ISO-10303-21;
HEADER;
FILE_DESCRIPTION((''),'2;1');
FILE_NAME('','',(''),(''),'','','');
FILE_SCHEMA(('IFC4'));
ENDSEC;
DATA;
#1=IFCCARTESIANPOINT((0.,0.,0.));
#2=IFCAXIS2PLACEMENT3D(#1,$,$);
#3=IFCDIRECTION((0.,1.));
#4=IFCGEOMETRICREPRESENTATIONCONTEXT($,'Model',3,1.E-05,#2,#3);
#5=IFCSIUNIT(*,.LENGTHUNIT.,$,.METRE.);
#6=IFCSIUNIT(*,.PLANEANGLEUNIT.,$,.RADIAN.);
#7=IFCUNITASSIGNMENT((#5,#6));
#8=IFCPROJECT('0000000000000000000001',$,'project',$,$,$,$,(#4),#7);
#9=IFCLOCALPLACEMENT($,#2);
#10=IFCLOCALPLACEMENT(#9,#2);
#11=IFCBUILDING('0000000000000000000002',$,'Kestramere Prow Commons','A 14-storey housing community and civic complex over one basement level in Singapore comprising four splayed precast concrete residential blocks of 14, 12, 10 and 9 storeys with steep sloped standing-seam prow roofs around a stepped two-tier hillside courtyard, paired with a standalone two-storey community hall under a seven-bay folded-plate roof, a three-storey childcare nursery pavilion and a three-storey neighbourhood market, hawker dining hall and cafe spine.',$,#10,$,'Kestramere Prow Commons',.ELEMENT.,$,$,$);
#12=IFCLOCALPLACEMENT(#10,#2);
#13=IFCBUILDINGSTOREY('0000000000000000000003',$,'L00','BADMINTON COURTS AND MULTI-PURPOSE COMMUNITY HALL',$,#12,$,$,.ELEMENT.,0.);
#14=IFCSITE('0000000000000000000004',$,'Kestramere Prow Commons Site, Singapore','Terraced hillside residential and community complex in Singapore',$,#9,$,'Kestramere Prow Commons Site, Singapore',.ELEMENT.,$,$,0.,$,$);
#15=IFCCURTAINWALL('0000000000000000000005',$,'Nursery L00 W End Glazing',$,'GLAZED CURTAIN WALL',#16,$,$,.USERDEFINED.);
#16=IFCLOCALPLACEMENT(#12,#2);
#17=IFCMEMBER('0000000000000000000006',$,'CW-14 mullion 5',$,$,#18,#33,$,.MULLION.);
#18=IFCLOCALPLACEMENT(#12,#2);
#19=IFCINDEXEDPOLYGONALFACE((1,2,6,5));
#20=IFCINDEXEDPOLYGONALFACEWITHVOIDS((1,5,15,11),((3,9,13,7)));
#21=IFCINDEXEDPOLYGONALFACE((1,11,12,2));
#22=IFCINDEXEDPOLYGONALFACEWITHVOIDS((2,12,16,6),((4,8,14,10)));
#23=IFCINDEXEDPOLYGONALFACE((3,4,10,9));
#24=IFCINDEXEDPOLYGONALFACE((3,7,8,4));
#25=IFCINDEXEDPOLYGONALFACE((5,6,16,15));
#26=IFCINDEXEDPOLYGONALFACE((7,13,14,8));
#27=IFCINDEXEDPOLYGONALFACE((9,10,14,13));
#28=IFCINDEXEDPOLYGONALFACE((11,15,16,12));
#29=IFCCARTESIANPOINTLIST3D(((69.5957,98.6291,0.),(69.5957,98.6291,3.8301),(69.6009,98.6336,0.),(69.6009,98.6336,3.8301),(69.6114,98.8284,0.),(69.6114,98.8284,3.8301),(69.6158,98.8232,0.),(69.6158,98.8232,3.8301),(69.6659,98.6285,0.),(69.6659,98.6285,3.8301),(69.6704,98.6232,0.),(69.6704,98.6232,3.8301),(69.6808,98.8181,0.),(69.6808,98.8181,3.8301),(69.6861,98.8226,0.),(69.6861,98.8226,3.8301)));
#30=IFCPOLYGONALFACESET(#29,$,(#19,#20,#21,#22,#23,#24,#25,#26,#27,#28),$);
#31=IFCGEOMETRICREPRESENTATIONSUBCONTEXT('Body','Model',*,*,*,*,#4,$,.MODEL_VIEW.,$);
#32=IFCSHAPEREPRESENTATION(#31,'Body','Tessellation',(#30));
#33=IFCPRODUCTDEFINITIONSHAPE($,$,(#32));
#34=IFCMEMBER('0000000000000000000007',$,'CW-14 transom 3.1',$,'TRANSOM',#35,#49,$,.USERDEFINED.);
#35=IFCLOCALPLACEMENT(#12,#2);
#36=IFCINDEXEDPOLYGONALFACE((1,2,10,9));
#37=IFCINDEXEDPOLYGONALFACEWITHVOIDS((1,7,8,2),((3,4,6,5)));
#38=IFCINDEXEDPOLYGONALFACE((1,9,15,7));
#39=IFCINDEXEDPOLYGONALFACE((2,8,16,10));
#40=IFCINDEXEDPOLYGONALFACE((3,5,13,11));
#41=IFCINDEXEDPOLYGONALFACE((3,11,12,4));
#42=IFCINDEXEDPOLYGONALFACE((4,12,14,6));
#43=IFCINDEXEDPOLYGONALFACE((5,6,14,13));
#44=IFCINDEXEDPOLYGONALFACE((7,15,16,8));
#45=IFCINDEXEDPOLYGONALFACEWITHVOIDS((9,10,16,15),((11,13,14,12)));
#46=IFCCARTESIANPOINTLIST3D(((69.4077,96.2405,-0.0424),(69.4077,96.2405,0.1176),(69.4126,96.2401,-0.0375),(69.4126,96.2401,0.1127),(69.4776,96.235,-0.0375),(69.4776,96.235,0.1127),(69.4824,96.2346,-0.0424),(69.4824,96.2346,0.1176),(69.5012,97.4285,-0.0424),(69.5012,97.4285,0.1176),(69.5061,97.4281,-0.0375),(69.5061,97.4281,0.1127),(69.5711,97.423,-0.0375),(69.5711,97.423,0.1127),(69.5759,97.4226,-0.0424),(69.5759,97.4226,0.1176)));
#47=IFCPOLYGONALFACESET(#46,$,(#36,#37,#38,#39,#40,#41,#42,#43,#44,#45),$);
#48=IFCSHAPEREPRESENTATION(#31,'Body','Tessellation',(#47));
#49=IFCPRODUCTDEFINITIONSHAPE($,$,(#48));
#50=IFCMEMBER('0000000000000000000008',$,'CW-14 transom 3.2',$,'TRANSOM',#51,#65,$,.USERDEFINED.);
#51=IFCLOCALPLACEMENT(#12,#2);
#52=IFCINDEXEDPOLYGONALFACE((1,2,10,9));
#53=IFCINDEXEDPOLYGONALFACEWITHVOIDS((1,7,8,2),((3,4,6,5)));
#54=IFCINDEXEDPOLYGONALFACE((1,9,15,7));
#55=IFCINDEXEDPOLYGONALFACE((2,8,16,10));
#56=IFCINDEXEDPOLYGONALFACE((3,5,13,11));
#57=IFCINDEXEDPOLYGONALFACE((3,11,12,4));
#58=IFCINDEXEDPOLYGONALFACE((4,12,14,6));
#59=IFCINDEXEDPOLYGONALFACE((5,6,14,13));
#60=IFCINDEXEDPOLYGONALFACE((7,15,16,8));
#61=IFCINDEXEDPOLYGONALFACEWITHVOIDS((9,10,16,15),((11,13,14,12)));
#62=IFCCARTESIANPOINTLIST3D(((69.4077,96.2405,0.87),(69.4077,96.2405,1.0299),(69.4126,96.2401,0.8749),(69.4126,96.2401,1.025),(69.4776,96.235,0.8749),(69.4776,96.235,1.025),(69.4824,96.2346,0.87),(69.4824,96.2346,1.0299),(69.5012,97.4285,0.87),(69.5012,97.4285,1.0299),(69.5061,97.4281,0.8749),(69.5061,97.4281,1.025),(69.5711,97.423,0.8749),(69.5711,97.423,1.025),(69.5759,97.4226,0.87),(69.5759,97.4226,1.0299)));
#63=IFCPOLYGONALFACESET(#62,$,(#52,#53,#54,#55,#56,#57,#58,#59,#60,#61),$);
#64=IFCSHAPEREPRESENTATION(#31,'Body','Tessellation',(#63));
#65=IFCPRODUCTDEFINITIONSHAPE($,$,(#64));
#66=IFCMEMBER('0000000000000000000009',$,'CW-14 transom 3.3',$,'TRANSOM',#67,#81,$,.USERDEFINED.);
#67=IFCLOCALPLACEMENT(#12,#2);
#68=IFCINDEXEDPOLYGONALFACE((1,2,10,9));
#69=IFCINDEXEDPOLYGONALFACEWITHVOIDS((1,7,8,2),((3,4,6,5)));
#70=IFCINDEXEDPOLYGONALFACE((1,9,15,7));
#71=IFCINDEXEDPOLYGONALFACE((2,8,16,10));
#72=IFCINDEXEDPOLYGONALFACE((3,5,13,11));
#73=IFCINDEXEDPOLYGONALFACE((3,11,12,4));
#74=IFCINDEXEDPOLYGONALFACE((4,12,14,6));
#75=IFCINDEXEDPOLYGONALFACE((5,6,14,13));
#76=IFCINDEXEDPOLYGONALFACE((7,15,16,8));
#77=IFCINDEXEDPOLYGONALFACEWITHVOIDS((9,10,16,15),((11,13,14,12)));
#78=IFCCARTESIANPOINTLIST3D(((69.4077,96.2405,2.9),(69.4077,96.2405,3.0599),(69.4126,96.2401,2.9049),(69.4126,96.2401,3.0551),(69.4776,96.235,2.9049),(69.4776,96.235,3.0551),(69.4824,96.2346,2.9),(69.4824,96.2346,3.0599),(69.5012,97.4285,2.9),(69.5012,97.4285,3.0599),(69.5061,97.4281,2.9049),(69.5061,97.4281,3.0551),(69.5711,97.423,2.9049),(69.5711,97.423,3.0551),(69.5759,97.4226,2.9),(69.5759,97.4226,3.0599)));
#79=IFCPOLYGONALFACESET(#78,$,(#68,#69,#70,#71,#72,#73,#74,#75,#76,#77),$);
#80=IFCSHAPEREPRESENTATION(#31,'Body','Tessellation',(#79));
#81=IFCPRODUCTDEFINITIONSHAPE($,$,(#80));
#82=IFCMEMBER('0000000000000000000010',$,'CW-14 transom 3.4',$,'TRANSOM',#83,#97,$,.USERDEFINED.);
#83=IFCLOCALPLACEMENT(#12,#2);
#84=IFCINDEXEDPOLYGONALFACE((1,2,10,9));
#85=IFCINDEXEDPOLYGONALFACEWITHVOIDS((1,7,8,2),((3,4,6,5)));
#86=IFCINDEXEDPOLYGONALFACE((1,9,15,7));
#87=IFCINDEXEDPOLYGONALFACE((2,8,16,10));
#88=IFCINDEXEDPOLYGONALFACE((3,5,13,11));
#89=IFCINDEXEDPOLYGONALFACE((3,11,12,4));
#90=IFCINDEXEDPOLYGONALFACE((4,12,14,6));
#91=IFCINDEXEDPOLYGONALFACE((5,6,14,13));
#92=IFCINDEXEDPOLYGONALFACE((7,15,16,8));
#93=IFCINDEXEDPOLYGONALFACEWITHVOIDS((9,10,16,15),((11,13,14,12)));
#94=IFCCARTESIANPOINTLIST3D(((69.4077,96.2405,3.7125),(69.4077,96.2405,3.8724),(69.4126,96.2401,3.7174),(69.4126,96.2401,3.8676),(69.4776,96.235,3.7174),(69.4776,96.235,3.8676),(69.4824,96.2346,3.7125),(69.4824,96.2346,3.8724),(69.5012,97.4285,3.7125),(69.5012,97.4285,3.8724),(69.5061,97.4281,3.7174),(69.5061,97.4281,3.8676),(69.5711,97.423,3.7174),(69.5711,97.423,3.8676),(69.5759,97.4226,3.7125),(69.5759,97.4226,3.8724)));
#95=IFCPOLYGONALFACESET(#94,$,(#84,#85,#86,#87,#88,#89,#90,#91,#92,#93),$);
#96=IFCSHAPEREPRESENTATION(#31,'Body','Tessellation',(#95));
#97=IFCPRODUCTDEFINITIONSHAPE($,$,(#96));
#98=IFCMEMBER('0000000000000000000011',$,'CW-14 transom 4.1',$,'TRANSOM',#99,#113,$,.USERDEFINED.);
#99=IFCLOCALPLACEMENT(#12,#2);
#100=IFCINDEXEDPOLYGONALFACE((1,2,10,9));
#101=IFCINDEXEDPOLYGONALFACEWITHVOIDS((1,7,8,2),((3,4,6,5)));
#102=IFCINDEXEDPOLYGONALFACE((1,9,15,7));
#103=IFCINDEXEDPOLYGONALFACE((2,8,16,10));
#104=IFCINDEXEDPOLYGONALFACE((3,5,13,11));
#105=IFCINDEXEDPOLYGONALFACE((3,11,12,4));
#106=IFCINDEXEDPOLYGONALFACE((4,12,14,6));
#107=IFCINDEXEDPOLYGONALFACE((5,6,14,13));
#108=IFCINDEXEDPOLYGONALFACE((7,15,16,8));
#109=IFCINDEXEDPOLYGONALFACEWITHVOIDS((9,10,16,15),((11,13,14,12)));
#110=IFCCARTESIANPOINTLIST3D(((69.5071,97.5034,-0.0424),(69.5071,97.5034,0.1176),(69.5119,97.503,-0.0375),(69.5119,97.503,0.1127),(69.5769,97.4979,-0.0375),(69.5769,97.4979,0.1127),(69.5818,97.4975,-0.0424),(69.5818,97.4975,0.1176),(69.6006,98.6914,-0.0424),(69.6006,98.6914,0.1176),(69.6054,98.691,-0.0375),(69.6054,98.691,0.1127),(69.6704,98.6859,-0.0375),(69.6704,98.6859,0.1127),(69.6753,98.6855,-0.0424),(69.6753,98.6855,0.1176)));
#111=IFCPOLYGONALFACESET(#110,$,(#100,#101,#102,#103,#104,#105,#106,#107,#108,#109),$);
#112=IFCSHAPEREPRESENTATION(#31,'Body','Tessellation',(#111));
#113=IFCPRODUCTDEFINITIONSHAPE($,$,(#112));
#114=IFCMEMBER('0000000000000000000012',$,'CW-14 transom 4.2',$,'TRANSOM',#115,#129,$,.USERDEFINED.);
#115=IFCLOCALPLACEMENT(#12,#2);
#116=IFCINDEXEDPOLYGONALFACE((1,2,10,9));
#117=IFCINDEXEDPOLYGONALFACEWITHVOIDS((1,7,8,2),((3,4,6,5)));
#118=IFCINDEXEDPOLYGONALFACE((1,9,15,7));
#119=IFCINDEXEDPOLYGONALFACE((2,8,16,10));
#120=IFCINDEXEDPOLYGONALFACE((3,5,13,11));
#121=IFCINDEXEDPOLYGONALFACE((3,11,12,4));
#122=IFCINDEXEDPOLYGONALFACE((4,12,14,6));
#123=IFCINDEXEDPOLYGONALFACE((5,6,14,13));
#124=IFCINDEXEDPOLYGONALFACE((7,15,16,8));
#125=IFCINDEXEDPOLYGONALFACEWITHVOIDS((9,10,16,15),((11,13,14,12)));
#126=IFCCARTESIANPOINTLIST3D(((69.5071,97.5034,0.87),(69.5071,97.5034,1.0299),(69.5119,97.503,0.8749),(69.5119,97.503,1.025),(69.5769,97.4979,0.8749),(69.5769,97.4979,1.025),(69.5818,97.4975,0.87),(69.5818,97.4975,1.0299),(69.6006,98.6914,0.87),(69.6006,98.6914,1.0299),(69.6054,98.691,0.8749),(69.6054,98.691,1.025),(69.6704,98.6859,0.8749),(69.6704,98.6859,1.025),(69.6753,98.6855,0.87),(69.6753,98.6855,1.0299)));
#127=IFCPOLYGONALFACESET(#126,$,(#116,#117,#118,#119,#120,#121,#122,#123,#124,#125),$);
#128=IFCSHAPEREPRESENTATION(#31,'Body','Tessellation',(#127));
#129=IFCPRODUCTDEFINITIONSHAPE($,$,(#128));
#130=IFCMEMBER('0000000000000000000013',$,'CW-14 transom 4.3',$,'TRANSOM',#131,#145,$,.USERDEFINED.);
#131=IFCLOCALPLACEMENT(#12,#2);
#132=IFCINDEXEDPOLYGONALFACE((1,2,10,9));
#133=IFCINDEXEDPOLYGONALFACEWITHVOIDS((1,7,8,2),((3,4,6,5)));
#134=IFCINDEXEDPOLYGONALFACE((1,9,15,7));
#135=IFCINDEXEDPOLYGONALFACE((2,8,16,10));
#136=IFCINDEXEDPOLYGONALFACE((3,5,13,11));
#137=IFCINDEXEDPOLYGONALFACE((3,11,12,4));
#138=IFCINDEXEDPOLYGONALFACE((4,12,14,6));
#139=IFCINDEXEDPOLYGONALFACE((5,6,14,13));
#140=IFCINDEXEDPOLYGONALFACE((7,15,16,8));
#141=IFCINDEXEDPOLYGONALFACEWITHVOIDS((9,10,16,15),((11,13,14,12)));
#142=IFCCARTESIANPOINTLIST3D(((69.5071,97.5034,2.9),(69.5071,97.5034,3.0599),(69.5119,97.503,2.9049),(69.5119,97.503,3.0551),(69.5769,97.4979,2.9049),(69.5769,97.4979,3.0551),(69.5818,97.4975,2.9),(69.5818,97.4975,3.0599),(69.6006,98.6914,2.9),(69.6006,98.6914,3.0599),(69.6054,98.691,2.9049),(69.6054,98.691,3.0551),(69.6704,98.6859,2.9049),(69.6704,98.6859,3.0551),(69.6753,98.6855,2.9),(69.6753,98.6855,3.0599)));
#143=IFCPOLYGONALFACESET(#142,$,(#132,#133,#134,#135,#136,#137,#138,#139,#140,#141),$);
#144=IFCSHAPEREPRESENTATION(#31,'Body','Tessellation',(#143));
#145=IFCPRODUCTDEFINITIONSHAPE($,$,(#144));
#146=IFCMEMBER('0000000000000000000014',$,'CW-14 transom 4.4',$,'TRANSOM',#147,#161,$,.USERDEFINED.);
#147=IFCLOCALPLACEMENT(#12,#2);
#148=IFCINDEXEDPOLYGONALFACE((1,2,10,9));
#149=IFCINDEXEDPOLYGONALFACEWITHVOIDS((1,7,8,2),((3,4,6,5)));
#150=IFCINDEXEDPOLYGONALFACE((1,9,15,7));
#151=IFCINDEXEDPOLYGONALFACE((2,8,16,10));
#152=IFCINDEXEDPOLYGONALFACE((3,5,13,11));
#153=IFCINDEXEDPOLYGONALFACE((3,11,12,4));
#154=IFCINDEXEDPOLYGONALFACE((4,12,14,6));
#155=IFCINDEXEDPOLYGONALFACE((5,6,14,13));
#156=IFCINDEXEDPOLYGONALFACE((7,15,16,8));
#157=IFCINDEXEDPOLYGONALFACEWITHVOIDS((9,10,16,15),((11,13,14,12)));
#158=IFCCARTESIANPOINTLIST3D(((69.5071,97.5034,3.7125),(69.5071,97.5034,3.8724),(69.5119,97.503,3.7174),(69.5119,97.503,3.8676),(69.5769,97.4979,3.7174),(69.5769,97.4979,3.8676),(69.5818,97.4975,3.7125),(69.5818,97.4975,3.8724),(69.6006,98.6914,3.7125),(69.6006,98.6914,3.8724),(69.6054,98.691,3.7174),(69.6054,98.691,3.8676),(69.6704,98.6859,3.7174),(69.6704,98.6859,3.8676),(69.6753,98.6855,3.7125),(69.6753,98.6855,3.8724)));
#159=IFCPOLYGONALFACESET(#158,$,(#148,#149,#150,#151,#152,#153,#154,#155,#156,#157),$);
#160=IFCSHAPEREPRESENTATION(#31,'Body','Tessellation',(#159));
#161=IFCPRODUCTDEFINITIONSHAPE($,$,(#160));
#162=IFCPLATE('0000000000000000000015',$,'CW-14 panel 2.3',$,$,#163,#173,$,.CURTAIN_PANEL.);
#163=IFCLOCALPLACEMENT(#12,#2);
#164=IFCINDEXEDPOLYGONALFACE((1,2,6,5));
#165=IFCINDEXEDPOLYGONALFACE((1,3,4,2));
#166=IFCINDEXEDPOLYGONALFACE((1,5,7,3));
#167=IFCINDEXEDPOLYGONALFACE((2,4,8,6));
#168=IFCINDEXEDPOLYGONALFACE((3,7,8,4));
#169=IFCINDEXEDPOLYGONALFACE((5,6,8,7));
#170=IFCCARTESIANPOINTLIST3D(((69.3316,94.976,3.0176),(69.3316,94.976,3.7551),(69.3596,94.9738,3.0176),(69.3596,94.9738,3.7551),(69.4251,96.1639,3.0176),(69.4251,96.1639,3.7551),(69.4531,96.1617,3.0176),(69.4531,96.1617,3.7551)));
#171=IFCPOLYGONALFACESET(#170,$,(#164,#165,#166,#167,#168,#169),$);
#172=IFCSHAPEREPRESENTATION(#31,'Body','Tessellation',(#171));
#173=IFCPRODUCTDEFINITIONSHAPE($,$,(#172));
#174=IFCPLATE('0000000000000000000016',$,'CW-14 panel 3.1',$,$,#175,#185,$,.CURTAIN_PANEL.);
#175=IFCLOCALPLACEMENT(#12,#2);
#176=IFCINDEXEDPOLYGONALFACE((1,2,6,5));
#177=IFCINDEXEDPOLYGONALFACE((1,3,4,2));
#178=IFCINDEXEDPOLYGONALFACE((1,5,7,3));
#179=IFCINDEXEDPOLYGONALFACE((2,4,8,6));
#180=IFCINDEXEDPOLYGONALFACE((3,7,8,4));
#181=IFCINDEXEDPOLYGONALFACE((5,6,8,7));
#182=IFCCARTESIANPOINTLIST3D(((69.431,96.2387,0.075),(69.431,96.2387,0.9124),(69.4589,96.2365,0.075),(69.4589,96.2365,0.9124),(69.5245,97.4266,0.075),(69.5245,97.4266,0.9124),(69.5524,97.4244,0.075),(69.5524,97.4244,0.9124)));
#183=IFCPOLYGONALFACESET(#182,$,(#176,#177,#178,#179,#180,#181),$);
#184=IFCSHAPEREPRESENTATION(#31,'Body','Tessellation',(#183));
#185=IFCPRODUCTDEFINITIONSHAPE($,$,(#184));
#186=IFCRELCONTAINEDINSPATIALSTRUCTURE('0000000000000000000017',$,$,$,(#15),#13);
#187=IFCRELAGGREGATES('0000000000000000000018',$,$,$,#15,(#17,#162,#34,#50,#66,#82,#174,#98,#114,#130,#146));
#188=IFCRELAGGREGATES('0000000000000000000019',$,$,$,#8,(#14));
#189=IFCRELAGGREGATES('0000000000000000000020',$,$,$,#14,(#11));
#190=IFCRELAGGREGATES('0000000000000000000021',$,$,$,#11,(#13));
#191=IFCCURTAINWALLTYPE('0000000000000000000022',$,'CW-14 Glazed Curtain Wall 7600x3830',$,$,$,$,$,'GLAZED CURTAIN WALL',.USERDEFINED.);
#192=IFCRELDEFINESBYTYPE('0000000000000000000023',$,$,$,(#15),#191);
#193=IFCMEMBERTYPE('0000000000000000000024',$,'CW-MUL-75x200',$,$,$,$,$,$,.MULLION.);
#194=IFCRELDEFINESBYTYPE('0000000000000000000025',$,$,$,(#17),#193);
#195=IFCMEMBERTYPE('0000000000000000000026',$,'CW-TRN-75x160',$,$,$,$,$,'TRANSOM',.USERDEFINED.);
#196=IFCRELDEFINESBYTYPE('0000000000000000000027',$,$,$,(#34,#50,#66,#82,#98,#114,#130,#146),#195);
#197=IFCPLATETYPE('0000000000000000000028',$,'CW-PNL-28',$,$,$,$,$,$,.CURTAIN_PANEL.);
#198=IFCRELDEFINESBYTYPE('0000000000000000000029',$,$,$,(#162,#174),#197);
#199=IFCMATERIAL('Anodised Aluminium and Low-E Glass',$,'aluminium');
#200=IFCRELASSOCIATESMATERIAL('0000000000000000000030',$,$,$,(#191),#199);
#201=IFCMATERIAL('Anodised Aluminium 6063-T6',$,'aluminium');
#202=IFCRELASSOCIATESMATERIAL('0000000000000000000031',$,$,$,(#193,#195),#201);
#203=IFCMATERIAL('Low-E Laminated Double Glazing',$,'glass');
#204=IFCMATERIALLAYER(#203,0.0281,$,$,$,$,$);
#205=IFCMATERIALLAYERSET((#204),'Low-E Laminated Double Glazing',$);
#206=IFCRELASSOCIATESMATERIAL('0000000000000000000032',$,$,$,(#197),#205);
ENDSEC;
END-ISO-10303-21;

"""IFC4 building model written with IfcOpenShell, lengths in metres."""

from ifc_helpers import new_model, si_unit, direction, frame, origin, origin_2d, place, context, subcontext, project, spatial, rectangle, hollow_rectangle, extrude, material, layer, layer_set, material_profile, profile_set, type_object, element, aggregate, save


model = new_model("IFC4")

# Units and contexts
model_context = context("Model", 3, precision=1e-05, world=origin(), true_north=direction((0.0, 1.0)))
body_context = subcontext(model_context, "Body", "Model", "MODEL_VIEW")
ifc_project = project(units=[si_unit("LENGTHUNIT", "METRE"), si_unit("PLANEANGLEUNIT", "RADIAN")], contexts=[model_context])

# Site, building, storey
site_placement = place(None, origin())
site = spatial("IfcSite", under=ifc_project, at=site_placement, Name="Kestramere Prow Commons Site, Singapore", Description="Terraced hillside residential and community complex in Singapore", LongName="Kestramere Prow Commons Site, Singapore", CompositionType="ELEMENT", RefElevation=0.0)
building_placement = place(site_placement, origin())
building = spatial("IfcBuilding", under=site, at=building_placement, Name="Kestramere Prow Commons", Description="A 14-storey housing community and civic complex over one basement level in Singapore comprising four splayed precast concrete residential blocks of 14, 12, 10 and 9 storeys with steep sloped standing-seam prow roofs around a stepped two-tier hillside courtyard, paired with a standalone two-storey community hall under a seven-bay folded-plate roof, a three-storey childcare nursery pavilion and a three-storey neighbourhood market, hawker dining hall and cafe spine.", LongName="Kestramere Prow Commons", CompositionType="ELEMENT")
storey_placement = place(building_placement, origin())
storey = spatial("IfcBuildingStorey", under=building, at=storey_placement, Name="L00", Description="BADMINTON COURTS AND MULTI-PURPOSE COMMUNITY HALL", CompositionType="ELEMENT", Elevation=0.0)

# Curtain wall, members, plates
ifc_material_1 = material(Name="Anodised Aluminium and Low-E Glass", Category="aluminium")
curtain_wall_type = type_object("IfcCurtainWallType", Name="CW-14 Glazed Curtain Wall 7600x3830", ElementType="GLAZED CURTAIN WALL", PredefinedType="USERDEFINED", material=ifc_material_1)
curtain_wall_placement = place(storey_placement, origin())
curtain_wall = element("IfcCurtainWall", 1, at=curtain_wall_placement, inside=storey, type_object=curtain_wall_type, Name="Nursery L00 W End Glazing", ObjectType="GLAZED CURTAIN WALL", PredefinedType="USERDEFINED")
ifc_material_2 = material(Name="Anodised Aluminium 6063-T6", Category="aluminium")
ifc_material_profile_1 = material_profile(ifc_material_2, hollow_rectangle(XDim=0.075, YDim=0.2, WallThickness=0.0049, at=origin_2d()), Name="ALU-MUL 75x200")
ifc_profile_set_1 = profile_set([ifc_material_profile_1], Name="Anodised Aluminium 6063-T6")
member_type_1 = type_object("IfcMemberType", Name="CW-MUL-75x200", PredefinedType="MULLION", material=ifc_profile_set_1)
member_1_placement = place(storey_placement, frame((69.6409, 98.7258, 0.0), z_axis=(0.0, 0.0, 1.0), x_axis=(-0.996917, 0.078459, 0.0)))
member_1 = element("IfcMember", 2, at=member_1_placement, type_object=member_type_1, Name="CW-14 mullion 5", PredefinedType="MULLION", context=body_context, shape_type="SweptSolid", body=[
    extrude(hollow_rectangle(XDim=0.075, YDim=0.2, WallThickness=0.0049, at=origin_2d()), origin(), (0.0, 0.0, 1.0), 3.8301),
])
ifc_material_profile_2 = material_profile(ifc_material_2, hollow_rectangle(XDim=0.075, YDim=0.1599, WallThickness=0.0049, at=origin_2d()), Name="ALU-TRN 75x160")
ifc_profile_set_2 = profile_set([ifc_material_profile_2], Name="Anodised Aluminium 6063-T6")
member_type_2 = type_object("IfcMemberType", Name="CW-TRN-75x160", ElementType="TRANSOM", PredefinedType="USERDEFINED", material=ifc_profile_set_2)
member_2_placement = place(storey_placement, frame((69.4451, 96.2375, 0.0376), z_axis=(0.078467, 0.996917, 0.0), x_axis=(-0.996917, 0.078467, 0.0)))
member_2 = element("IfcMember", 3, at=member_2_placement, type_object=member_type_2, Name="CW-14 transom 3.1", ObjectType="TRANSOM", PredefinedType="USERDEFINED", context=body_context, shape_type="SweptSolid", body=[
    extrude(hollow_rectangle(XDim=0.075, YDim=0.1599, WallThickness=0.0049, at=origin_2d()), origin(), (0.0, 0.0, 1.0), 1.1917),
])
member_3_placement = place(storey_placement, frame((69.4451, 96.2375, 0.95), z_axis=(0.078467, 0.996917, 0.0), x_axis=(-0.996917, 0.078467, 0.0)))
member_3 = element("IfcMember", 4, at=member_3_placement, type_object=member_type_2, Name="CW-14 transom 3.2", ObjectType="TRANSOM", PredefinedType="USERDEFINED", context=body_context, shape_type="SweptSolid", body=[
    extrude(hollow_rectangle(XDim=0.075, YDim=0.1599, WallThickness=0.0049, at=origin_2d()), origin(), (0.0, 0.0, 1.0), 1.1917),
])
member_4_placement = place(storey_placement, frame((69.4451, 96.2375, 2.98), z_axis=(0.078467, 0.996917, 0.0), x_axis=(-0.996917, 0.078467, 0.0)))
member_4 = element("IfcMember", 5, at=member_4_placement, type_object=member_type_2, Name="CW-14 transom 3.3", ObjectType="TRANSOM", PredefinedType="USERDEFINED", context=body_context, shape_type="SweptSolid", body=[
    extrude(hollow_rectangle(XDim=0.075, YDim=0.1599, WallThickness=0.0049, at=origin_2d()), origin(), (0.0, 0.0, 1.0), 1.1917),
])
member_5_placement = place(storey_placement, frame((69.4451, 96.2375, 3.7925), z_axis=(0.078467, 0.996917, 0.0), x_axis=(-0.996917, 0.078467, 0.0)))
member_5 = element("IfcMember", 6, at=member_5_placement, type_object=member_type_2, Name="CW-14 transom 3.4", ObjectType="TRANSOM", PredefinedType="USERDEFINED", context=body_context, shape_type="SweptSolid", body=[
    extrude(hollow_rectangle(XDim=0.075, YDim=0.1599, WallThickness=0.0049, at=origin_2d()), origin(), (0.0, 0.0, 1.0), 1.1917),
])
member_6_placement = place(storey_placement, frame((69.5444, 97.5005, 0.0376), z_axis=(0.078467, 0.996917, 0.0), x_axis=(-0.996917, 0.078467, 0.0)))
member_6 = element("IfcMember", 7, at=member_6_placement, type_object=member_type_2, Name="CW-14 transom 4.1", ObjectType="TRANSOM", PredefinedType="USERDEFINED", context=body_context, shape_type="SweptSolid", body=[
    extrude(hollow_rectangle(XDim=0.075, YDim=0.1599, WallThickness=0.0049, at=origin_2d()), origin(), (0.0, 0.0, 1.0), 1.1917),
])
member_7_placement = place(storey_placement, frame((69.5444, 97.5005, 0.95), z_axis=(0.078467, 0.996917, 0.0), x_axis=(-0.996917, 0.078467, 0.0)))
member_7 = element("IfcMember", 8, at=member_7_placement, type_object=member_type_2, Name="CW-14 transom 4.2", ObjectType="TRANSOM", PredefinedType="USERDEFINED", context=body_context, shape_type="SweptSolid", body=[
    extrude(hollow_rectangle(XDim=0.075, YDim=0.1599, WallThickness=0.0049, at=origin_2d()), origin(), (0.0, 0.0, 1.0), 1.1917),
])
member_8_placement = place(storey_placement, frame((69.5444, 97.5005, 2.98), z_axis=(0.078467, 0.996917, 0.0), x_axis=(-0.996917, 0.078467, 0.0)))
member_8 = element("IfcMember", 9, at=member_8_placement, type_object=member_type_2, Name="CW-14 transom 4.3", ObjectType="TRANSOM", PredefinedType="USERDEFINED", context=body_context, shape_type="SweptSolid", body=[
    extrude(hollow_rectangle(XDim=0.075, YDim=0.1599, WallThickness=0.0049, at=origin_2d()), origin(), (0.0, 0.0, 1.0), 1.1917),
])
member_9_placement = place(storey_placement, frame((69.5444, 97.5005, 3.7925), z_axis=(0.078467, 0.996917, 0.0), x_axis=(-0.996917, 0.078467, 0.0)))
member_9 = element("IfcMember", 10, at=member_9_placement, type_object=member_type_2, Name="CW-14 transom 4.4", ObjectType="TRANSOM", PredefinedType="USERDEFINED", context=body_context, shape_type="SweptSolid", body=[
    extrude(hollow_rectangle(XDim=0.075, YDim=0.1599, WallThickness=0.0049, at=origin_2d()), origin(), (0.0, 0.0, 1.0), 1.1917),
])
ifc_material_3 = material(Name="Low-E Laminated Double Glazing", Category="glass")
ifc_layer_1 = layer(ifc_material_3, 0.0281)
ifc_layer_set_1 = layer_set([ifc_layer_1], Name="Low-E Laminated Double Glazing")
plate_type = type_object("IfcPlateType", Name="CW-PNL-28", PredefinedType="CURTAIN_PANEL", material=ifc_layer_set_1)
plate_1_placement = place(storey_placement, frame((69.3923, 95.5688, 3.0176), z_axis=(0.0, 0.0, 1.0), x_axis=(0.078459, 0.996917, 0.0)))
plate_1 = element("IfcPlate", 11, at=plate_1_placement, type_object=plate_type, Name="CW-14 panel 2.3", PredefinedType="CURTAIN_PANEL", context=body_context, shape_type="SweptSolid", body=[
    extrude(rectangle(XDim=1.1917, YDim=0.0281, at=origin_2d()), origin(), (0.0, 0.0, 1.0), 0.7375),
])
plate_2_placement = place(storey_placement, frame((69.4917, 96.8315, 0.075), z_axis=(0.0, 0.0, 1.0), x_axis=(0.078459, 0.996917, 0.0)))
plate_2 = element("IfcPlate", 12, at=plate_2_placement, type_object=plate_type, Name="CW-14 panel 3.1", PredefinedType="CURTAIN_PANEL", context=body_context, shape_type="SweptSolid", body=[
    extrude(rectangle(XDim=1.1917, YDim=0.0281, at=origin_2d()), origin(), (0.0, 0.0, 1.0), 0.8374),
])
aggregate(curtain_wall, [member_1, plate_1, member_2, member_3, member_4, member_5, plate_2, member_6, member_7, member_8, member_9])

save(model, "model.ifc")
